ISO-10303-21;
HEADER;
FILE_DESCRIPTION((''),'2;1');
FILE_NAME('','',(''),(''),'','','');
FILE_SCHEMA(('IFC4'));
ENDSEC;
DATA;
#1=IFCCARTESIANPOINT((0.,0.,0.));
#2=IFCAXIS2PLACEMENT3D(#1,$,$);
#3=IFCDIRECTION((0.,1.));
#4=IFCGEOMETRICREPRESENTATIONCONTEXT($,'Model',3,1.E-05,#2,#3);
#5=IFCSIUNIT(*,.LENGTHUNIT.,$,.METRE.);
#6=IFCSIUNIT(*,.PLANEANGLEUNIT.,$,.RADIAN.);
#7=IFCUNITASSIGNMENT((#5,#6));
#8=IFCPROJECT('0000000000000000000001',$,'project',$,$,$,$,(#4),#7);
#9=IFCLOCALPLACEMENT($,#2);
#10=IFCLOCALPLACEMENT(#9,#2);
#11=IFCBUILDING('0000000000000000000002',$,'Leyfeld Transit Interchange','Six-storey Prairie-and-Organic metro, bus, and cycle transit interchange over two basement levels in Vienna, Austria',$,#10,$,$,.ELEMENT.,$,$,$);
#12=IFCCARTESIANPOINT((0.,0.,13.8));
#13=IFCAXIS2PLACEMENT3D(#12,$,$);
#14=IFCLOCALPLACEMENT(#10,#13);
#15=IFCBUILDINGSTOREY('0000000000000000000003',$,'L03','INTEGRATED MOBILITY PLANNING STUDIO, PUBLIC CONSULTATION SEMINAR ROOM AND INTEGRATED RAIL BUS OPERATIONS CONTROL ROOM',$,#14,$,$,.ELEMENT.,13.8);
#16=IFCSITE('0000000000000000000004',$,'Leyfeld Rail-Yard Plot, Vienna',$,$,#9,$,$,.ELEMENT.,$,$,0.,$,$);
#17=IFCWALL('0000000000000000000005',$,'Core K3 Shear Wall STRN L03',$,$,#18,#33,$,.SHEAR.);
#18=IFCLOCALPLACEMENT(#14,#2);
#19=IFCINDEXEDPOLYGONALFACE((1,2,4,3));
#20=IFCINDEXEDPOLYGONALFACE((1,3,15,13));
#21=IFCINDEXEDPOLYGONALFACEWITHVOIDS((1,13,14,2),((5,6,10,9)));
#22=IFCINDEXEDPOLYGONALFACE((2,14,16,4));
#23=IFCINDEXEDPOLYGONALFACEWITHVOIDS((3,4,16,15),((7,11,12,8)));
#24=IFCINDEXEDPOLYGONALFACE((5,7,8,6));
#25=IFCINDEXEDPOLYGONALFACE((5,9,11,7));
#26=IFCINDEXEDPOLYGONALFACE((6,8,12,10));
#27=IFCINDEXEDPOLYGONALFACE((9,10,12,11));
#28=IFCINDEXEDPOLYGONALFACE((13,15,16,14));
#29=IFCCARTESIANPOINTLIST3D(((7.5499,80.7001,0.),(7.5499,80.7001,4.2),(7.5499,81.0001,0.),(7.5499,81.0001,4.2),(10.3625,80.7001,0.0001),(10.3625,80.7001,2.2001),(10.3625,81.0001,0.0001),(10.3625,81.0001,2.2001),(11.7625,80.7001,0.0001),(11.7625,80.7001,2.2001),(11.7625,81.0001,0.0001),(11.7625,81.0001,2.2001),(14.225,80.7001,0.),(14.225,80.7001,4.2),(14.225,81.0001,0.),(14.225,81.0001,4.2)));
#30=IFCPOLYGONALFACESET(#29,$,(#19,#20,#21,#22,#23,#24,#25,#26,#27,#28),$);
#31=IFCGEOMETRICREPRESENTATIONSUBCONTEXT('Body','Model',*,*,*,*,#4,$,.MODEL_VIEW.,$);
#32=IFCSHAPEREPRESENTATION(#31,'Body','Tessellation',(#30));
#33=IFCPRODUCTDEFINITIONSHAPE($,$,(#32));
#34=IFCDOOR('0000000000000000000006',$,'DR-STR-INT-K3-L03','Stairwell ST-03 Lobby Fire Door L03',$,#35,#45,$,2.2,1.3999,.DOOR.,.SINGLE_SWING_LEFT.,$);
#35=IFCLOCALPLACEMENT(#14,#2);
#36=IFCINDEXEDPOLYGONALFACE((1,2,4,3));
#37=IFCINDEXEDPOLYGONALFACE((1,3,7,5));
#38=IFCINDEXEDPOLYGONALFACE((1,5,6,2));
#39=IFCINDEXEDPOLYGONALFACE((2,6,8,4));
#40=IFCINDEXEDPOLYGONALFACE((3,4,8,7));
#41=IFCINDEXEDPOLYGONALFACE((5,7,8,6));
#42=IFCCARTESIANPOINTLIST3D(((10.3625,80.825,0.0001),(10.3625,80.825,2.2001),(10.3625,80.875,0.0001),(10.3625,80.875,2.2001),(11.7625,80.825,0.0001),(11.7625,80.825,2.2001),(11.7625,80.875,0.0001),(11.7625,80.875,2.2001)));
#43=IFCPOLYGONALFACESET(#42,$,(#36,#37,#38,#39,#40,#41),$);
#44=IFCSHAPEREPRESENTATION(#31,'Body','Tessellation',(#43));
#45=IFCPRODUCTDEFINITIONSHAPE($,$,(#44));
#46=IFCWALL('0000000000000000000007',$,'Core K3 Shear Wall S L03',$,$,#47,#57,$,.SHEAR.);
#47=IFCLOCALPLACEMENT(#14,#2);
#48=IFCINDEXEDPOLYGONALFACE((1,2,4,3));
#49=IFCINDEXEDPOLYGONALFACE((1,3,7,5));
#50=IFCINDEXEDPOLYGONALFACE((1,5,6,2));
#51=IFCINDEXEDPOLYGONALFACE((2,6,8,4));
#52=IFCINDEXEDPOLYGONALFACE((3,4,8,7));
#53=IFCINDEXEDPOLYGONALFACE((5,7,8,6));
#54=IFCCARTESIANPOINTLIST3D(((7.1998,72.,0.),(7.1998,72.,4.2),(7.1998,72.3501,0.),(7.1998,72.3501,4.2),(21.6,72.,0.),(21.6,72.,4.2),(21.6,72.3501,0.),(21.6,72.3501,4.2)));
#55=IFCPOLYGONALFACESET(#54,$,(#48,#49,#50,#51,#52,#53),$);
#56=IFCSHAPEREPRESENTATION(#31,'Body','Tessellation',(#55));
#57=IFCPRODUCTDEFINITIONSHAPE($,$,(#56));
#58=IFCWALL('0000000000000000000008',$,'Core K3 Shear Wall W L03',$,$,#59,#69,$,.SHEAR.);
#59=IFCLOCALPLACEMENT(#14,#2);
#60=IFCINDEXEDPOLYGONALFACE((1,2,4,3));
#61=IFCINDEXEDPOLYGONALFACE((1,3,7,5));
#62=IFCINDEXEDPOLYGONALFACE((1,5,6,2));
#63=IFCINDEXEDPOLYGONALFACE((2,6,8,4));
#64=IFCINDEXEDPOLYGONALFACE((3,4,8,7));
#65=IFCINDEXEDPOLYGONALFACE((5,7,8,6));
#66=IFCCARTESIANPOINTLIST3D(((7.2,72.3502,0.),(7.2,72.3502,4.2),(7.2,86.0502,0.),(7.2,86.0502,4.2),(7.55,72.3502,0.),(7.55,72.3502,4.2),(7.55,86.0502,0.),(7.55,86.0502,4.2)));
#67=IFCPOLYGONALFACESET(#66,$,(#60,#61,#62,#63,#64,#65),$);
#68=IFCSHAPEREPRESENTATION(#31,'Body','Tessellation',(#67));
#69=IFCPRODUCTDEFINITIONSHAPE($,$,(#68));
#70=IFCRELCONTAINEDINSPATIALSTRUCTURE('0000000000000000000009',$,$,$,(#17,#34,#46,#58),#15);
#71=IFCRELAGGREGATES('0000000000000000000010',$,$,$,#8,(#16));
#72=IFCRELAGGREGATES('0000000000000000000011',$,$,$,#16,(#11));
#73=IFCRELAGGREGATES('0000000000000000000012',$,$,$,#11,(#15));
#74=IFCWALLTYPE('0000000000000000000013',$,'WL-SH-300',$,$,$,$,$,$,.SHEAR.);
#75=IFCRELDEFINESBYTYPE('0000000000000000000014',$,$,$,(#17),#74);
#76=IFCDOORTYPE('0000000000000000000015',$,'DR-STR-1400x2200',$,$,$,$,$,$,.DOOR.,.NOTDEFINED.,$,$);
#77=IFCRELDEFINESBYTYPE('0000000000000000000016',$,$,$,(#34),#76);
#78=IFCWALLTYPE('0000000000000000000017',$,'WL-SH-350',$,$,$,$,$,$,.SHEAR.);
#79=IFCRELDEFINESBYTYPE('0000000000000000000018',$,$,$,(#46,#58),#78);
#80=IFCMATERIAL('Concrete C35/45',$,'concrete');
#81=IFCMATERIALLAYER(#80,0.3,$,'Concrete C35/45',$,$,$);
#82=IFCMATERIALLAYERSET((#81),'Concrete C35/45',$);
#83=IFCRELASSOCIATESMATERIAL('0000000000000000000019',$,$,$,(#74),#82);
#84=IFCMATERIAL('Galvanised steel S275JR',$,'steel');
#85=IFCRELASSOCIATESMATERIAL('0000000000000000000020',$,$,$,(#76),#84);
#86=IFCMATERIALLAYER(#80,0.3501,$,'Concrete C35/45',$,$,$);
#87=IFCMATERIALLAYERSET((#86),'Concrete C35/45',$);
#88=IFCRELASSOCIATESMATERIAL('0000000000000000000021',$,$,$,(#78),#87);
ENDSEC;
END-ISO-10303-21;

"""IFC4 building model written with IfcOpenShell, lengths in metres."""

from ifc_helpers import new_model, si_unit, direction, frame, frame_2d, origin, place, context, subcontext, project, spatial, rectangle, extrude, material, layer, layer_set, type_object, element, fill, save


model = new_model("IFC4")

# Units and contexts
model_context = context("Model", 3, precision=1e-05, world=origin(), true_north=direction((0.0, 1.0)))
body_context = subcontext(model_context, "Body", "Model", "MODEL_VIEW")
ifc_project = project(units=[si_unit("LENGTHUNIT", "METRE"), si_unit("PLANEANGLEUNIT", "RADIAN")], contexts=[model_context])

# Site, building, storey
site_placement = place(None, origin())
site = spatial("IfcSite", under=ifc_project, at=site_placement, Name="Leyfeld Rail-Yard Plot, Vienna", CompositionType="ELEMENT", RefElevation=0.0)
building_placement = place(site_placement, origin())
building = spatial("IfcBuilding", under=site, at=building_placement, Name="Leyfeld Transit Interchange", Description="Six-storey Prairie-and-Organic metro, bus, and cycle transit interchange over two basement levels in Vienna, Austria", CompositionType="ELEMENT")
storey_placement = place(building_placement, frame((0.0, 0.0, 13.8)))
storey = spatial("IfcBuildingStorey", under=building, at=storey_placement, Name="L03", Description="INTEGRATED MOBILITY PLANNING STUDIO, PUBLIC CONSULTATION SEMINAR ROOM AND INTEGRATED RAIL BUS OPERATIONS CONTROL ROOM", CompositionType="ELEMENT", Elevation=13.8)

# Shared definitions
ifc_material_1 = material(Name="Concrete C35/45", Category="concrete")

# Wall, opening, door
ifc_layer_1 = layer(ifc_material_1, 0.3, Name="Concrete C35/45")
ifc_layer_set_1 = layer_set([ifc_layer_1], Name="Concrete C35/45")
wall_type_1 = type_object("IfcWallType", Name="WL-SH-300", PredefinedType="SHEAR", material=ifc_layer_set_1)
wall_1_placement = place(storey_placement, frame((7.55, 80.8501, 0.0), z_axis=(0.0, 0.0, 1.0), x_axis=(1.0, 0.0, 0.0)))
wall_1 = element("IfcWall", 1, at=wall_1_placement, inside=storey, type_object=wall_type_1, Name="Core K3 Shear Wall STRN L03", PredefinedType="SHEAR", context=body_context, shape_type="SweptSolid", body=[
    extrude(rectangle(XDim=6.675, YDim=0.3, at=frame_2d((3.3374, 0.0))), origin(), (0.0, 0.0, 1.0), 4.2),
])
opening_1_placement = place(wall_1_placement, frame((2.8125, 0.0, 0.0)))
opening_1 = element("IfcOpeningElement", 2, at=opening_1_placement, cuts=wall_1, PredefinedType="OPENING", context=body_context, shape_type="SweptSolid", body=[
    extrude(rectangle(XDim=1.3999, YDim=2.2, at=frame_2d((0.7, 1.1001))), frame((0.0, 0.1599, 0.0), z_axis=(0.0, -1.0, 0.0), x_axis=(1.0, 0.0, 0.0)), (0.0, 0.0, 1.0), 0.3201),
])
ifc_material_2 = material(Name="Galvanised steel S275JR", Category="steel")
door_type_1 = type_object("IfcDoorType", Name="DR-STR-1400x2200", OperationType="NOTDEFINED", PredefinedType="DOOR", material=ifc_material_2)
door_1_placement = place(opening_1_placement, origin())
door_1 = element("IfcDoor", 3, at=door_1_placement, inside=storey, type_object=door_type_1, Name="DR-STR-INT-K3-L03", Description="Stairwell ST-03 Lobby Fire Door L03", OperationType="SINGLE_SWING_LEFT", OverallHeight=2.2, OverallWidth=1.3999, PredefinedType="DOOR", context=body_context, shape_type="SweptSolid", body=[
    extrude(rectangle(XDim=1.3999, YDim=2.2, at=frame_2d((0.7, 1.1001))), frame((0.0, 0.0249, 0.0), z_axis=(0.0, -1.0, 0.0), x_axis=(1.0, 0.0, 0.0)), (0.0, 0.0, 1.0), 0.05),
])
fill(opening_1, door_1)

# Walls
ifc_layer_2 = layer(ifc_material_1, 0.3501, Name="Concrete C35/45")
ifc_layer_set_2 = layer_set([ifc_layer_2], Name="Concrete C35/45")
wall_type_2 = type_object("IfcWallType", Name="WL-SH-350", PredefinedType="SHEAR", material=ifc_layer_set_2)
wall_2_placement = place(storey_placement, frame((21.6001, 72.175, 0.0), z_axis=(0.0, 0.0, 1.0), x_axis=(-1.0, 0.0, 0.0)))
element("IfcWall", 4, at=wall_2_placement, inside=storey, type_object=wall_type_2, Name="Core K3 Shear Wall S L03", PredefinedType="SHEAR", context=body_context, shape_type="SweptSolid", body=[
    extrude(rectangle(XDim=14.4001, YDim=0.3501, at=frame_2d((7.2002, 0.0))), origin(), (0.0, 0.0, 1.0), 4.2),
])
wall_3_placement = place(storey_placement, frame((7.375, 72.3501, 0.0), z_axis=(0.0, 0.0, 1.0), x_axis=(0.0, 1.0, 0.0)))
element("IfcWall", 5, at=wall_3_placement, inside=storey, type_object=wall_type_2, Name="Core K3 Shear Wall W L03", PredefinedType="SHEAR", context=body_context, shape_type="SweptSolid", body=[
    extrude(rectangle(XDim=13.7, YDim=0.3501, at=frame_2d((6.8501, 0.0))), origin(), (0.0, 0.0, 1.0), 4.2),
])

save(model, "model.ifc")
